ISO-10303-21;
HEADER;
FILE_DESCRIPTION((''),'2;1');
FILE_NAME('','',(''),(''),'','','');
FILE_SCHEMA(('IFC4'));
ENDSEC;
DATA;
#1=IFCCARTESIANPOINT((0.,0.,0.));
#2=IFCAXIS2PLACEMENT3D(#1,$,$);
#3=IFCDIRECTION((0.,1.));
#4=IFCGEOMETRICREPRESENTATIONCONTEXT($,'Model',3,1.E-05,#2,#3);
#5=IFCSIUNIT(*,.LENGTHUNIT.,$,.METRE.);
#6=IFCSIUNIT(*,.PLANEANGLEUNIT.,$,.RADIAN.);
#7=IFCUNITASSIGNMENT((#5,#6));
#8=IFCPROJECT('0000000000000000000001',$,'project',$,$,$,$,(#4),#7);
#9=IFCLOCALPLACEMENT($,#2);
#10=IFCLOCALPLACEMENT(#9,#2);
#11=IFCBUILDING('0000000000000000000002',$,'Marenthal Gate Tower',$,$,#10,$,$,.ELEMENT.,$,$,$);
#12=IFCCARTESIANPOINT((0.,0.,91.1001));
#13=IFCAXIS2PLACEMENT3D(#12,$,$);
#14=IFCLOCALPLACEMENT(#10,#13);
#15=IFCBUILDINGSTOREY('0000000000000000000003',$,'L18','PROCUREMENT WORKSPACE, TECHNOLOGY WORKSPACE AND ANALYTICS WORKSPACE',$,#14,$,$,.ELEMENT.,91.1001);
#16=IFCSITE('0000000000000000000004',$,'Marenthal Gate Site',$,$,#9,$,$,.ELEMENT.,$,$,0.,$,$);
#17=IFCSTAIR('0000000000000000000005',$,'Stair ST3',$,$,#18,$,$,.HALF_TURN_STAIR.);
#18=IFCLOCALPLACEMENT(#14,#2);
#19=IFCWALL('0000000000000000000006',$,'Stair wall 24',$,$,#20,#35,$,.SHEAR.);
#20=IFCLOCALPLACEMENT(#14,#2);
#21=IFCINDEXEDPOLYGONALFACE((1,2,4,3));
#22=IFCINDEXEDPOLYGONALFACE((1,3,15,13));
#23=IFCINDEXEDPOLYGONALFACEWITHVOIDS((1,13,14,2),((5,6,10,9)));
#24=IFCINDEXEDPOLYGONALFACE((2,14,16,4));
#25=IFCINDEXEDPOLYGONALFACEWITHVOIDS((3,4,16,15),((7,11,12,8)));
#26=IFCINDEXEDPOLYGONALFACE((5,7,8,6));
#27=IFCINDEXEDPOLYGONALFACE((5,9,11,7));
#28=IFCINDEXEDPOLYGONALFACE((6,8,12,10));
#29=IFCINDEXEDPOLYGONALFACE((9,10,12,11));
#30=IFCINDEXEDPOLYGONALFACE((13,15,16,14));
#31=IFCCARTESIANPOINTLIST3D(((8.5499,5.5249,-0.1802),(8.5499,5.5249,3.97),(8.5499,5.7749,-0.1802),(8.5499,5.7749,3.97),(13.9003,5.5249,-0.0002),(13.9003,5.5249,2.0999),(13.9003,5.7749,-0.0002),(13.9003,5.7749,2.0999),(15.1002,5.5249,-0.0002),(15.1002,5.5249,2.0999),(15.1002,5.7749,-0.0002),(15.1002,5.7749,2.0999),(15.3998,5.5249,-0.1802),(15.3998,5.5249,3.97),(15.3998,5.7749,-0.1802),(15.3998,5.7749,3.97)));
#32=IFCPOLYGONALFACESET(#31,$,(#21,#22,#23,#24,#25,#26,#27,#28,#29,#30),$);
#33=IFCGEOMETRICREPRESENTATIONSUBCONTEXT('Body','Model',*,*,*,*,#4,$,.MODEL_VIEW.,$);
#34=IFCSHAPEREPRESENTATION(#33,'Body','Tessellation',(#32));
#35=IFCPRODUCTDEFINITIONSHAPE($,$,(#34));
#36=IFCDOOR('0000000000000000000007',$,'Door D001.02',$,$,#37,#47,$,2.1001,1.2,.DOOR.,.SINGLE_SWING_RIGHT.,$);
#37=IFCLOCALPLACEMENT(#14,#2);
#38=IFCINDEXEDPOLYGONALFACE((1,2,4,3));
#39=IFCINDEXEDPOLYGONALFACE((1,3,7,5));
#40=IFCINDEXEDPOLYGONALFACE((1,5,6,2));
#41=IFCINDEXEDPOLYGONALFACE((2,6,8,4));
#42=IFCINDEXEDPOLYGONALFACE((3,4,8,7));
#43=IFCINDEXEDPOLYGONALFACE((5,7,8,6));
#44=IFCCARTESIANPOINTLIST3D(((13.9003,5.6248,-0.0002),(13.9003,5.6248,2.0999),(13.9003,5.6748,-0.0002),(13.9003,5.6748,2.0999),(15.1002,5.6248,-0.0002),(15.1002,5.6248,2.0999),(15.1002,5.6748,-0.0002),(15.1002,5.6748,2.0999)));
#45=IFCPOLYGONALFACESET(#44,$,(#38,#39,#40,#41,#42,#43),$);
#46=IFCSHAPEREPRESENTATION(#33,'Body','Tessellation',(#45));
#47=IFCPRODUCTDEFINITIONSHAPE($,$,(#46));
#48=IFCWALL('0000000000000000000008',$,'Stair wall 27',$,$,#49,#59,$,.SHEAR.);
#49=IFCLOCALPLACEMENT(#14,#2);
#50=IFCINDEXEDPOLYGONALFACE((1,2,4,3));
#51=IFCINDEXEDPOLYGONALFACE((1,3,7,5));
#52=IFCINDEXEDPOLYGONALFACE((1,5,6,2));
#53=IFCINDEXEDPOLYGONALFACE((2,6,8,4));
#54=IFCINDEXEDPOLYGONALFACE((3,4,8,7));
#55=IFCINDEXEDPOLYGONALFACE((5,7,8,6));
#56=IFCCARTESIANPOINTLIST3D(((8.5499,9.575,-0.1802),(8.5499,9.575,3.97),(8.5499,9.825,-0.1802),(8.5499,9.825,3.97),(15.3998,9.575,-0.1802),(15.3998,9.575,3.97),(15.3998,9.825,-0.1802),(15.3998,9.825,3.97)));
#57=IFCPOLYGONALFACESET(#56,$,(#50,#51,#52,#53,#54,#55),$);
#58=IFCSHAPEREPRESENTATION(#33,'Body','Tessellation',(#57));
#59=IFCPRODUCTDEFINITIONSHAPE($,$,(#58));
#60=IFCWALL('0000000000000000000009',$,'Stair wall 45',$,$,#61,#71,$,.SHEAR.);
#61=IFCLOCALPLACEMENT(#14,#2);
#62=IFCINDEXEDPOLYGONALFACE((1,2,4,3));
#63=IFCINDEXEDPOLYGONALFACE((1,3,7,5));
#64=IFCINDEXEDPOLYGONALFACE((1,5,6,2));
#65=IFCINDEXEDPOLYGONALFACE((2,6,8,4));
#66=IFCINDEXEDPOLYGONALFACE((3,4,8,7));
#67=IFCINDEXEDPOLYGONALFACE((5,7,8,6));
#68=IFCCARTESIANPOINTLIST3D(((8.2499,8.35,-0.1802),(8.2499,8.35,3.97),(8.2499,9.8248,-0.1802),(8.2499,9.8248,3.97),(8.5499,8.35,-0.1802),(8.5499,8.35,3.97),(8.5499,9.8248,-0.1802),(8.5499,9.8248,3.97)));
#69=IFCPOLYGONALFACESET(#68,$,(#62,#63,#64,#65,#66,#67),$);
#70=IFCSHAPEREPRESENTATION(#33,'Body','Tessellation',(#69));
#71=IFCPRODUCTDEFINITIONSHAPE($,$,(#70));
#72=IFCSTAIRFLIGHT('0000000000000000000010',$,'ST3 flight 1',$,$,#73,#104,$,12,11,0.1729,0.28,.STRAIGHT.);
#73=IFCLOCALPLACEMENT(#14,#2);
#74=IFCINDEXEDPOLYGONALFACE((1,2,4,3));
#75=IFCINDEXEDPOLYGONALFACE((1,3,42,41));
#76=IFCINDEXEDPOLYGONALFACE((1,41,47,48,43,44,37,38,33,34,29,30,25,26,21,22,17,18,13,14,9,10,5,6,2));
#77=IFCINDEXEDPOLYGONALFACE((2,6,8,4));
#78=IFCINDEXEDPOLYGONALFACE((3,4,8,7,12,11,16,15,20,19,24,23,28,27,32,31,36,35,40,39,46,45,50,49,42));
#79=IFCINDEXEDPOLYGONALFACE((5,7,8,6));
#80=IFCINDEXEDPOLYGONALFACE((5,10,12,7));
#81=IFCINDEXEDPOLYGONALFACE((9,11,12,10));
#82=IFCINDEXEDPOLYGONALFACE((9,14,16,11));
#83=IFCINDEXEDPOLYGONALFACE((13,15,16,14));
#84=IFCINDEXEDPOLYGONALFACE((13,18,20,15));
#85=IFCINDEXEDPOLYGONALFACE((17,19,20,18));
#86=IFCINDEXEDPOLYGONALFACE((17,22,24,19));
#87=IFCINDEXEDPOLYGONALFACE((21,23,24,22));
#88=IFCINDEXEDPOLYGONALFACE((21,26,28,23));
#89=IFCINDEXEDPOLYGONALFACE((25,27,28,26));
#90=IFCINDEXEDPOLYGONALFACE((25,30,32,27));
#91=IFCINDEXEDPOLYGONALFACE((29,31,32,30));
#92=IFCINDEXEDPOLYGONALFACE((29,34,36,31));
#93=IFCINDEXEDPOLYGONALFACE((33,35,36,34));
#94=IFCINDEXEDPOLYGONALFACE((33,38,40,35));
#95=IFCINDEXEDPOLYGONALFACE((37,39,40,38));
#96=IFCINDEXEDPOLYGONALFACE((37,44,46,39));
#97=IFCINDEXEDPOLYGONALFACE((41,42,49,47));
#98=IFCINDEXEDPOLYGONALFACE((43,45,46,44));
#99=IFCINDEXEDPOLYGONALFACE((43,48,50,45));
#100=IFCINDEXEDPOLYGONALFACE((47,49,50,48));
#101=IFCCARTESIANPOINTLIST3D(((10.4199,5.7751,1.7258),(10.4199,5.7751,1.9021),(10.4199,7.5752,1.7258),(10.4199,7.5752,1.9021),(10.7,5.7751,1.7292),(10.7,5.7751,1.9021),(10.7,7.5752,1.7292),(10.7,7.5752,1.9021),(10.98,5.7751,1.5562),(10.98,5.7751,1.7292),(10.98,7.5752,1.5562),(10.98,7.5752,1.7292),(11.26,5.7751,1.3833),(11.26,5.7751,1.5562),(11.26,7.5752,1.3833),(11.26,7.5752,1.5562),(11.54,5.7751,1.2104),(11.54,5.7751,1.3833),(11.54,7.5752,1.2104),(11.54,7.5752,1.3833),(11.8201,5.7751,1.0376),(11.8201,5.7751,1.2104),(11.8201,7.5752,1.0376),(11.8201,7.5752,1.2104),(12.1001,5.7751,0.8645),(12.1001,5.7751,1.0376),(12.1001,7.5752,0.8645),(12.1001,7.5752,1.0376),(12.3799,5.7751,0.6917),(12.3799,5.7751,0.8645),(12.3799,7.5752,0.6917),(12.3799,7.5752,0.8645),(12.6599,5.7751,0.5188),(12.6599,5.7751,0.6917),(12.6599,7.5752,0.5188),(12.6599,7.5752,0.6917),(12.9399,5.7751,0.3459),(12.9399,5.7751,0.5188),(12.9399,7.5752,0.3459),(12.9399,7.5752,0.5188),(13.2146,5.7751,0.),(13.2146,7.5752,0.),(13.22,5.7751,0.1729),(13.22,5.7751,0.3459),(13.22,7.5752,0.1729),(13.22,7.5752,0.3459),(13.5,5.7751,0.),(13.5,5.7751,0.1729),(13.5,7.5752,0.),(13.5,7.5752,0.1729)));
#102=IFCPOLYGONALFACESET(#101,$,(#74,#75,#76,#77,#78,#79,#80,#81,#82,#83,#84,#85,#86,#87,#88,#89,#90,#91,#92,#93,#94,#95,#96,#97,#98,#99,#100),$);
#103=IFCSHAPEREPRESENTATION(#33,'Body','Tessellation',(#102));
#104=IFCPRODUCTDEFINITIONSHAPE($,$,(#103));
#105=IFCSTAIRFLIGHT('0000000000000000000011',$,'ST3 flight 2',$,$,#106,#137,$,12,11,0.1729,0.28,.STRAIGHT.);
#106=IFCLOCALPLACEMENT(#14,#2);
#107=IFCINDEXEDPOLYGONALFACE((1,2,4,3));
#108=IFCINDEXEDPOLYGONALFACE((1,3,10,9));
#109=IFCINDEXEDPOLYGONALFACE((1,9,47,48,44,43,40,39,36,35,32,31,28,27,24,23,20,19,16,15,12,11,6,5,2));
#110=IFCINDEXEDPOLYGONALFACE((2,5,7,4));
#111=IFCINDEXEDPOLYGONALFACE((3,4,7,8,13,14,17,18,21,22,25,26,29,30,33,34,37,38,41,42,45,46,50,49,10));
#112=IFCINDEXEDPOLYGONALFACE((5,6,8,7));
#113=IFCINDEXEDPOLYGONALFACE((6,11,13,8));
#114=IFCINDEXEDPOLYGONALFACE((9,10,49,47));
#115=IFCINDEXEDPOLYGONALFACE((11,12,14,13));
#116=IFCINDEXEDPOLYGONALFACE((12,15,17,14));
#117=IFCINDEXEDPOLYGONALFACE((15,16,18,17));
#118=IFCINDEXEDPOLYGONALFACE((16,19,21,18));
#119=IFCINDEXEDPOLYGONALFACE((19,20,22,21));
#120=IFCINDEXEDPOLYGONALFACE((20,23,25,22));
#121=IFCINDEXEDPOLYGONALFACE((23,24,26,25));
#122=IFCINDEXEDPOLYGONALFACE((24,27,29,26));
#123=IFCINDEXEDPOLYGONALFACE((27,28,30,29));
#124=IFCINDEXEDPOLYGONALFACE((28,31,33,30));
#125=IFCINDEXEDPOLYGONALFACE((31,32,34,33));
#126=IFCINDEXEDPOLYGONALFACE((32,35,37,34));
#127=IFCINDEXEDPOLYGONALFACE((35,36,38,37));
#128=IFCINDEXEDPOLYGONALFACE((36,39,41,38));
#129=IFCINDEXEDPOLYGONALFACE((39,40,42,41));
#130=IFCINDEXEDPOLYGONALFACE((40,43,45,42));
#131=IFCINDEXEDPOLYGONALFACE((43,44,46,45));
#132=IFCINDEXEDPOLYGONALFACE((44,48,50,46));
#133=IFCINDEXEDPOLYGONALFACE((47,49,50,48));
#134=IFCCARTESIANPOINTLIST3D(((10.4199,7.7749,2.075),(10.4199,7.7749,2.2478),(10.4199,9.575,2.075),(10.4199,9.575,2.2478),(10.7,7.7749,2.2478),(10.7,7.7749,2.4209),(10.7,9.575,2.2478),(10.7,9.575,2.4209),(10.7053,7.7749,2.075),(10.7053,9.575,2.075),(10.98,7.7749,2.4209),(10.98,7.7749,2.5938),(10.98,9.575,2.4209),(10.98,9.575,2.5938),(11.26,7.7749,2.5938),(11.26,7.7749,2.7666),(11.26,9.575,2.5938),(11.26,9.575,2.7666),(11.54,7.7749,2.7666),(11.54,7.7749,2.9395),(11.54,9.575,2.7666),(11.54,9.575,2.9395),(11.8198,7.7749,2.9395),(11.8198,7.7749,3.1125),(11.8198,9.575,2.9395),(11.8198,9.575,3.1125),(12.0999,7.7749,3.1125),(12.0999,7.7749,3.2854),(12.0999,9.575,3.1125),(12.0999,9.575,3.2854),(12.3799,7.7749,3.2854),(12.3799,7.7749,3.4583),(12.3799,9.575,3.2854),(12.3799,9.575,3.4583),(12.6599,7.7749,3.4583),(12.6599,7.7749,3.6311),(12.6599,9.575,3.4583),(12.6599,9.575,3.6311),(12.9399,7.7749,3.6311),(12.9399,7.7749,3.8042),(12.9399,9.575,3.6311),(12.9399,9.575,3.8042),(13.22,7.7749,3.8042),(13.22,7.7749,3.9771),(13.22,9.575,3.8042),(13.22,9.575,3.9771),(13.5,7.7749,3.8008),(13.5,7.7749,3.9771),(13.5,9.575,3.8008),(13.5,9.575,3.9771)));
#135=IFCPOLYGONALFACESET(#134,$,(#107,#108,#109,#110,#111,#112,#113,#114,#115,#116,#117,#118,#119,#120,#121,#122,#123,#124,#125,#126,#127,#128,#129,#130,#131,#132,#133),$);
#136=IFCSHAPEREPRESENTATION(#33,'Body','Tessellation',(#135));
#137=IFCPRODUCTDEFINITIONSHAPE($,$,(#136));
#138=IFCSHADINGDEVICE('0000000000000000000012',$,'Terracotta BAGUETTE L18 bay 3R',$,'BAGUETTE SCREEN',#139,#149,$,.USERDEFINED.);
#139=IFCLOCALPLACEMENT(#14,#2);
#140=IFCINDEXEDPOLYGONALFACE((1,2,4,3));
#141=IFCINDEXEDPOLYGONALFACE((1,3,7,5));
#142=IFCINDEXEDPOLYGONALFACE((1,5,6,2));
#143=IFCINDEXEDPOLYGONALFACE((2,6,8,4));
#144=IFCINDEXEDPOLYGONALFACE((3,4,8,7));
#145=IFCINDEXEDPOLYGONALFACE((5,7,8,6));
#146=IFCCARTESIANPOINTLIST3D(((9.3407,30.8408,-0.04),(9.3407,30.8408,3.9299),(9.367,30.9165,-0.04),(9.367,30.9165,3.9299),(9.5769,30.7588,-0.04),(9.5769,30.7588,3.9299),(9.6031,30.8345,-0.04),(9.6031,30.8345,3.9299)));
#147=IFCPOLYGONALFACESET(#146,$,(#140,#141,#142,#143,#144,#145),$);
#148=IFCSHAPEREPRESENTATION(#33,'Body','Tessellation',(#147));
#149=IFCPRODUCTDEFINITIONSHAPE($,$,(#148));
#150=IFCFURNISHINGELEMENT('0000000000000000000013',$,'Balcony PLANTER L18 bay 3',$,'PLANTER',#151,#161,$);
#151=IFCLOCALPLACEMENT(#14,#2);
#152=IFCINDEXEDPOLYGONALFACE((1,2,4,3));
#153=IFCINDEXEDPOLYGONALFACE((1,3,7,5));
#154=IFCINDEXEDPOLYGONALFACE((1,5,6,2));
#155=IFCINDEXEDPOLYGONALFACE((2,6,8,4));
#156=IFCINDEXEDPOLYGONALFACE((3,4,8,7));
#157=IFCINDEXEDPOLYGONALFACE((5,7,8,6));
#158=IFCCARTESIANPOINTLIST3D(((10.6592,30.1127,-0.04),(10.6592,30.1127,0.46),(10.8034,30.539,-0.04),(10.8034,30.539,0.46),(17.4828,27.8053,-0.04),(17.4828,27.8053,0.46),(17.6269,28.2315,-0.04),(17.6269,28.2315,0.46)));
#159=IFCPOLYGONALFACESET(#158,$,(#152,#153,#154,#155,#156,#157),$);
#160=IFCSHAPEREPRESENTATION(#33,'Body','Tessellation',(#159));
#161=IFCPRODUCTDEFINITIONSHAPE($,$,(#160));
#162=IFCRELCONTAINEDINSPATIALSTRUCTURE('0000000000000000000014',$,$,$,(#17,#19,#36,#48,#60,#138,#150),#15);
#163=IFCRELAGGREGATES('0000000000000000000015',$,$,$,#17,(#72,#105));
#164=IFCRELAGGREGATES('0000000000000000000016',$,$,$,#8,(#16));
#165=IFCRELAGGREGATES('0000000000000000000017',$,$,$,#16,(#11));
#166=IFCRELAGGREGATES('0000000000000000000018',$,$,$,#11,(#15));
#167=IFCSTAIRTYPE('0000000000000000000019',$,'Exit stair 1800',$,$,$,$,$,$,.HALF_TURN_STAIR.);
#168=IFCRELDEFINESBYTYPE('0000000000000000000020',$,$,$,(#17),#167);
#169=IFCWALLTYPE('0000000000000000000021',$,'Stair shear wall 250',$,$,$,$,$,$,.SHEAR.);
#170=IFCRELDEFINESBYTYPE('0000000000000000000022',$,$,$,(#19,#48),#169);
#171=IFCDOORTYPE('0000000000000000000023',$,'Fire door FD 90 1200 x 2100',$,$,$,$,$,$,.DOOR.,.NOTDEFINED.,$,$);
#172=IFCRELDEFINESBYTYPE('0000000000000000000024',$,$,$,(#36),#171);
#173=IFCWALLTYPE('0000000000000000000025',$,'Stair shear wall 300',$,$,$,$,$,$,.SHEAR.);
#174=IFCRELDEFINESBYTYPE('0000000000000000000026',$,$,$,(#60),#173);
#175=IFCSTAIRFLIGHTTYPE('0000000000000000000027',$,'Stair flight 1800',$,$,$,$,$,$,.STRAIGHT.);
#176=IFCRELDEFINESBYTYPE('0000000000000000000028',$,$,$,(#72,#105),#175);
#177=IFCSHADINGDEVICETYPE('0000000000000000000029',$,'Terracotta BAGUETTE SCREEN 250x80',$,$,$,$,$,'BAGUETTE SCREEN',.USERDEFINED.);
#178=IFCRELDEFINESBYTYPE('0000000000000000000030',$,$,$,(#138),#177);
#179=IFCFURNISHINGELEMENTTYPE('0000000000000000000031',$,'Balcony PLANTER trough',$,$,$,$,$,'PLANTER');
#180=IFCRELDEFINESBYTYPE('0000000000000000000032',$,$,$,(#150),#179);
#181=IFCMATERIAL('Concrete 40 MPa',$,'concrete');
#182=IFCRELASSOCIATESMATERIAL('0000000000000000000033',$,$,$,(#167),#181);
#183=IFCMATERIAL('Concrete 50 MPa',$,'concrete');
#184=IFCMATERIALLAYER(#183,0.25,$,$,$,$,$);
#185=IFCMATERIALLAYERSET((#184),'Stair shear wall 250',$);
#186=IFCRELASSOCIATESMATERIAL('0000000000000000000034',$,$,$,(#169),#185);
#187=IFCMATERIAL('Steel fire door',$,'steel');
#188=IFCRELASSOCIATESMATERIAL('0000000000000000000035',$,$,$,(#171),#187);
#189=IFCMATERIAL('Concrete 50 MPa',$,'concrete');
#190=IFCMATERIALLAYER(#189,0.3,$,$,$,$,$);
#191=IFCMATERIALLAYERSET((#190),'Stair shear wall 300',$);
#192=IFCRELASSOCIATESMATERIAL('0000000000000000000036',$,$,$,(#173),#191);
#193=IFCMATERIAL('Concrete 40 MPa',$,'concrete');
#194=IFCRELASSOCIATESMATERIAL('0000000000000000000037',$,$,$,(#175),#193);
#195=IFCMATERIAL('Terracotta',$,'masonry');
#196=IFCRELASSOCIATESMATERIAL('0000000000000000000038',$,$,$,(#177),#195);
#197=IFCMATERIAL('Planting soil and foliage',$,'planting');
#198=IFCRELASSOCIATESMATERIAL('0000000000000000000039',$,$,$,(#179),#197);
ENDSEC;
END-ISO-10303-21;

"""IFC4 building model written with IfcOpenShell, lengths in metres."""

from ifc_helpers import new_model, si_unit, direction, frame, frame_2d, origin, origin_2d, place, context, subcontext, project, spatial, polyline, rectangle, outline, extrude, material, layer, layer_set, material_profile, profile_set, type_object, element, fill, aggregate, save


model = new_model("IFC4")

# Units and contexts
model_context = context("Model", 3, precision=1e-05, world=origin(), true_north=direction((0.0, 1.0)))
body_context = subcontext(model_context, "Body", "Model", "MODEL_VIEW")
ifc_project = project(units=[si_unit("LENGTHUNIT", "METRE"), si_unit("PLANEANGLEUNIT", "RADIAN")], contexts=[model_context])

# Site, building, storey
site_placement = place(None, origin())
site = spatial("IfcSite", under=ifc_project, at=site_placement, Name="Marenthal Gate Site", CompositionType="ELEMENT", RefElevation=0.0)
building_placement = place(site_placement, origin())
building = spatial("IfcBuilding", under=site, at=building_placement, Name="Marenthal Gate Tower", CompositionType="ELEMENT")
storey_placement = place(building_placement, frame((0.0, 0.0, 91.1001)))
storey = spatial("IfcBuildingStorey", under=building, at=storey_placement, Name="L18", Description="PROCUREMENT WORKSPACE, TECHNOLOGY WORKSPACE AND ANALYTICS WORKSPACE", CompositionType="ELEMENT", Elevation=91.1001)

# Stair
ifc_material_1 = material(Name="Concrete 40 MPa", Category="concrete")
stair_type = type_object("IfcStairType", Name="Exit stair 1800", PredefinedType="HALF_TURN_STAIR", material=ifc_material_1)
stair_1_placement = place(storey_placement, origin())
stair_1 = element("IfcStair", 1, at=stair_1_placement, inside=storey, type_object=stair_type, Name="Stair ST3", PredefinedType="HALF_TURN_STAIR")

# Wall, opening, door
ifc_material_2 = material(Name="Concrete 50 MPa", Category="concrete")
ifc_layer_1 = layer(ifc_material_2, 0.25)
ifc_layer_set_1 = layer_set([ifc_layer_1], Name="Stair shear wall 250")
wall_type_1 = type_object("IfcWallType", Name="Stair shear wall 250", PredefinedType="SHEAR", material=ifc_layer_set_1)
wall_1_placement = place(storey_placement, frame((8.55, 5.6499, -0.1802), z_axis=(0.0, 0.0, 1.0), x_axis=(1.0, 0.0, 0.0)))
wall_1 = element("IfcWall", 2, at=wall_1_placement, inside=storey, type_object=wall_type_1, Name="Stair wall 24", PredefinedType="SHEAR", context=body_context, shape_type="SweptSolid", body=[
    extrude(rectangle(XDim=6.8499, YDim=0.25, at=frame_2d((3.4248, 0.0))), origin(), (0.0, 0.0, 1.0), 4.1501),
])
opening_1_placement = place(wall_1_placement, frame((5.3501, 0.0, 0.1799)))
opening_1 = element("IfcOpeningElement", 3, at=opening_1_placement, cuts=wall_1, PredefinedType="OPENING", context=body_context, shape_type="SweptSolid", body=[
    extrude(rectangle(XDim=1.2, YDim=2.1001, at=frame_2d((0.6001, 1.05))), frame((0.0, 0.135, 0.0), z_axis=(0.0, -1.0, 0.0), x_axis=(1.0, 0.0, 0.0)), (0.0, 0.0, 1.0), 0.27),
])
ifc_material_3 = material(Name="Steel fire door", Category="steel")
door_type_1 = type_object("IfcDoorType", Name="Fire door FD 90 1200 x 2100", OperationType="NOTDEFINED", PredefinedType="DOOR", material=ifc_material_3)
door_1_placement = place(opening_1_placement, origin())
door_1 = element("IfcDoor", 4, at=door_1_placement, inside=storey, type_object=door_type_1, Name="Door D001.02", OperationType="SINGLE_SWING_RIGHT", OverallHeight=2.1001, OverallWidth=1.2, PredefinedType="DOOR", context=body_context, shape_type="SweptSolid", body=[
    extrude(rectangle(XDim=1.2, YDim=2.1001, at=frame_2d((0.6001, 1.05))), frame((0.0, 0.0249, 0.0), z_axis=(0.0, -1.0, 0.0), x_axis=(1.0, 0.0, 0.0)), (0.0, 0.0, 1.0), 0.05),
])
fill(opening_1, door_1)

# Walls
wall_2_placement = place(storey_placement, frame((8.55, 9.7, -0.1802), z_axis=(0.0, 0.0, 1.0), x_axis=(1.0, 0.0, 0.0)))
element("IfcWall", 5, at=wall_2_placement, inside=storey, type_object=wall_type_1, Name="Stair wall 27", PredefinedType="SHEAR", context=body_context, shape_type="SweptSolid", body=[
    extrude(rectangle(XDim=6.8499, YDim=0.25, at=frame_2d((3.4248, 0.0))), origin(), (0.0, 0.0, 1.0), 4.1501),
])
ifc_material_4 = material(Name="Concrete 50 MPa", Category="concrete")
ifc_layer_2 = layer(ifc_material_4, 0.3)
ifc_layer_set_2 = layer_set([ifc_layer_2], Name="Stair shear wall 300")
wall_type_2 = type_object("IfcWallType", Name="Stair shear wall 300", PredefinedType="SHEAR", material=ifc_layer_set_2)
wall_3_placement = place(storey_placement, frame((8.3999, 8.3501, -0.1802), z_axis=(0.0, 0.0, 1.0), x_axis=(0.0, 1.0, 0.0)))
element("IfcWall", 6, at=wall_3_placement, inside=storey, type_object=wall_type_2, Name="Stair wall 45", PredefinedType="SHEAR", context=body_context, shape_type="SweptSolid", body=[
    extrude(rectangle(XDim=1.4749, YDim=0.3, at=frame_2d((0.7373, 0.0))), origin(), (0.0, 0.0, 1.0), 4.1501),
])

# Stair flights
ifc_material_5 = material(Name="Concrete 40 MPa", Category="concrete")
stair_flight_type = type_object("IfcStairFlightType", Name="Stair flight 1800", PredefinedType="STRAIGHT", material=ifc_material_5)
stair_flight_1_placement = place(storey_placement, frame((13.5, 6.675, 0.0), z_axis=(0.0, 0.0, 1.0), x_axis=(-1.0, 0.0, 0.0)))
stair_flight_1 = element("IfcStairFlight", 7, at=stair_flight_1_placement, type_object=stair_flight_type, Name="ST3 flight 1", NumberOfRisers=12, NumberOfTreads=11, PredefinedType="STRAIGHT", RiserHeight=0.1729, TreadLength=0.28, context=body_context, shape_type="SweptSolid", body=[
    extrude(outline(polyline([(0.0, 0.0), (0.0, 0.1729), (0.28, 0.1729), (0.28, 0.3459), (0.5601, 0.3459), (0.5601, 0.5188), (0.8401, 0.5188), (0.8401, 0.6917), (1.1201, 0.6917), (1.1201, 0.8645), (1.3999, 0.8645), (1.3999, 1.0376), (1.6799, 1.0376), (1.6799, 1.2104), (1.96, 1.2104), (1.96, 1.3833), (2.24, 1.3833), (2.24, 1.5562), (2.52, 1.5562), (2.52, 1.7292), (2.8, 1.7292), (2.8, 1.9021), (3.0801, 1.9021), (3.0801, 2.075), (3.0801, 1.7258), (0.2854, 0.0), (0.0, 0.0)])), frame((0.0, 0.8999, 0.0), z_axis=(0.0, -1.0, 0.0), x_axis=(1.0, 0.0, 0.0)), (0.0, 0.0, 1.0), 1.8),
])
stair_flight_2_placement = place(storey_placement, frame((10.4199, 8.675, 2.075), z_axis=(0.0, 0.0, 1.0), x_axis=(1.0, 0.0, 0.0)))
stair_flight_2 = element("IfcStairFlight", 8, at=stair_flight_2_placement, type_object=stair_flight_type, Name="ST3 flight 2", NumberOfRisers=12, NumberOfTreads=11, PredefinedType="STRAIGHT", RiserHeight=0.1729, TreadLength=0.28, context=body_context, shape_type="SweptSolid", body=[
    extrude(outline(polyline([(0.0, 0.0), (0.0, 0.1729), (0.28, 0.1729), (0.28, 0.3459), (0.5601, 0.3459), (0.5601, 0.5188), (0.8401, 0.5188), (0.8401, 0.6917), (1.1201, 0.6917), (1.1201, 0.8645), (1.3999, 0.8645), (1.3999, 1.0376), (1.6799, 1.0376), (1.6799, 1.2104), (1.96, 1.2104), (1.96, 1.3833), (2.24, 1.3833), (2.24, 1.5562), (2.52, 1.5562), (2.52, 1.7292), (2.8, 1.7292), (2.8, 1.9021), (3.0801, 1.9021), (3.0801, 2.075), (3.0801, 1.7258), (0.2854, 0.0), (0.0, 0.0)])), frame((0.0, 0.8999, 0.0), z_axis=(0.0, -1.0, 0.0), x_axis=(1.0, 0.0, 0.0)), (0.0, 0.0, 1.0), 1.8),
])
aggregate(stair_1, [stair_flight_1, stair_flight_2])

# Shading device
ifc_material_6 = material(Name="Terracotta", Category="masonry")
ifc_material_profile_1 = material_profile(ifc_material_6, rectangle(XDim=0.25, YDim=0.0801, at=origin_2d()), Name="Terracotta baguette 250x80")
ifc_profile_set_1 = profile_set([ifc_material_profile_1], Name="Terracotta")
shading_device_type = type_object("IfcShadingDeviceType", Name="Terracotta BAGUETTE SCREEN 250x80", ElementType="BAGUETTE SCREEN", PredefinedType="USERDEFINED", material=ifc_profile_set_1)
shading_device_placement = place(storey_placement, frame((9.4719, 30.8376, -0.04), z_axis=(0.0, 0.0, 1.0), x_axis=(-0.944634, 0.328125, 0.0)))
element("IfcShadingDevice", 9, at=shading_device_placement, inside=storey, type_object=shading_device_type, Name="Terracotta BAGUETTE L18 bay 3R", ObjectType="BAGUETTE SCREEN", PredefinedType="USERDEFINED", context=body_context, shape_type="SweptSolid", body=[
    extrude(rectangle(XDim=0.25, YDim=0.0801, at=origin_2d()), origin(), (0.0, 0.0, 1.0), 3.97),
])

# Furnishing element
ifc_material_7 = material(Name="Planting soil and foliage", Category="planting")
furnishing_element_type = type_object("IfcFurnishingElementType", Name="Balcony PLANTER trough", ElementType="PLANTER", material=ifc_material_7)
furnishing_placement = place(storey_placement, frame((14.1431, 29.1721, -0.04), z_axis=(0.0, 0.0, 1.0), x_axis=(-0.947302, 0.320343, 0.0)))
element("IfcFurnishingElement", 10, at=furnishing_placement, inside=storey, type_object=furnishing_element_type, Name="Balcony PLANTER L18 bay 3", ObjectType="PLANTER", context=body_context, shape_type="SweptSolid", body=[
    extrude(rectangle(XDim=7.2031, YDim=0.45, at=origin_2d()), origin(), (0.0, 0.0, 1.0), 0.5),
])

save(model, "model.ifc")
